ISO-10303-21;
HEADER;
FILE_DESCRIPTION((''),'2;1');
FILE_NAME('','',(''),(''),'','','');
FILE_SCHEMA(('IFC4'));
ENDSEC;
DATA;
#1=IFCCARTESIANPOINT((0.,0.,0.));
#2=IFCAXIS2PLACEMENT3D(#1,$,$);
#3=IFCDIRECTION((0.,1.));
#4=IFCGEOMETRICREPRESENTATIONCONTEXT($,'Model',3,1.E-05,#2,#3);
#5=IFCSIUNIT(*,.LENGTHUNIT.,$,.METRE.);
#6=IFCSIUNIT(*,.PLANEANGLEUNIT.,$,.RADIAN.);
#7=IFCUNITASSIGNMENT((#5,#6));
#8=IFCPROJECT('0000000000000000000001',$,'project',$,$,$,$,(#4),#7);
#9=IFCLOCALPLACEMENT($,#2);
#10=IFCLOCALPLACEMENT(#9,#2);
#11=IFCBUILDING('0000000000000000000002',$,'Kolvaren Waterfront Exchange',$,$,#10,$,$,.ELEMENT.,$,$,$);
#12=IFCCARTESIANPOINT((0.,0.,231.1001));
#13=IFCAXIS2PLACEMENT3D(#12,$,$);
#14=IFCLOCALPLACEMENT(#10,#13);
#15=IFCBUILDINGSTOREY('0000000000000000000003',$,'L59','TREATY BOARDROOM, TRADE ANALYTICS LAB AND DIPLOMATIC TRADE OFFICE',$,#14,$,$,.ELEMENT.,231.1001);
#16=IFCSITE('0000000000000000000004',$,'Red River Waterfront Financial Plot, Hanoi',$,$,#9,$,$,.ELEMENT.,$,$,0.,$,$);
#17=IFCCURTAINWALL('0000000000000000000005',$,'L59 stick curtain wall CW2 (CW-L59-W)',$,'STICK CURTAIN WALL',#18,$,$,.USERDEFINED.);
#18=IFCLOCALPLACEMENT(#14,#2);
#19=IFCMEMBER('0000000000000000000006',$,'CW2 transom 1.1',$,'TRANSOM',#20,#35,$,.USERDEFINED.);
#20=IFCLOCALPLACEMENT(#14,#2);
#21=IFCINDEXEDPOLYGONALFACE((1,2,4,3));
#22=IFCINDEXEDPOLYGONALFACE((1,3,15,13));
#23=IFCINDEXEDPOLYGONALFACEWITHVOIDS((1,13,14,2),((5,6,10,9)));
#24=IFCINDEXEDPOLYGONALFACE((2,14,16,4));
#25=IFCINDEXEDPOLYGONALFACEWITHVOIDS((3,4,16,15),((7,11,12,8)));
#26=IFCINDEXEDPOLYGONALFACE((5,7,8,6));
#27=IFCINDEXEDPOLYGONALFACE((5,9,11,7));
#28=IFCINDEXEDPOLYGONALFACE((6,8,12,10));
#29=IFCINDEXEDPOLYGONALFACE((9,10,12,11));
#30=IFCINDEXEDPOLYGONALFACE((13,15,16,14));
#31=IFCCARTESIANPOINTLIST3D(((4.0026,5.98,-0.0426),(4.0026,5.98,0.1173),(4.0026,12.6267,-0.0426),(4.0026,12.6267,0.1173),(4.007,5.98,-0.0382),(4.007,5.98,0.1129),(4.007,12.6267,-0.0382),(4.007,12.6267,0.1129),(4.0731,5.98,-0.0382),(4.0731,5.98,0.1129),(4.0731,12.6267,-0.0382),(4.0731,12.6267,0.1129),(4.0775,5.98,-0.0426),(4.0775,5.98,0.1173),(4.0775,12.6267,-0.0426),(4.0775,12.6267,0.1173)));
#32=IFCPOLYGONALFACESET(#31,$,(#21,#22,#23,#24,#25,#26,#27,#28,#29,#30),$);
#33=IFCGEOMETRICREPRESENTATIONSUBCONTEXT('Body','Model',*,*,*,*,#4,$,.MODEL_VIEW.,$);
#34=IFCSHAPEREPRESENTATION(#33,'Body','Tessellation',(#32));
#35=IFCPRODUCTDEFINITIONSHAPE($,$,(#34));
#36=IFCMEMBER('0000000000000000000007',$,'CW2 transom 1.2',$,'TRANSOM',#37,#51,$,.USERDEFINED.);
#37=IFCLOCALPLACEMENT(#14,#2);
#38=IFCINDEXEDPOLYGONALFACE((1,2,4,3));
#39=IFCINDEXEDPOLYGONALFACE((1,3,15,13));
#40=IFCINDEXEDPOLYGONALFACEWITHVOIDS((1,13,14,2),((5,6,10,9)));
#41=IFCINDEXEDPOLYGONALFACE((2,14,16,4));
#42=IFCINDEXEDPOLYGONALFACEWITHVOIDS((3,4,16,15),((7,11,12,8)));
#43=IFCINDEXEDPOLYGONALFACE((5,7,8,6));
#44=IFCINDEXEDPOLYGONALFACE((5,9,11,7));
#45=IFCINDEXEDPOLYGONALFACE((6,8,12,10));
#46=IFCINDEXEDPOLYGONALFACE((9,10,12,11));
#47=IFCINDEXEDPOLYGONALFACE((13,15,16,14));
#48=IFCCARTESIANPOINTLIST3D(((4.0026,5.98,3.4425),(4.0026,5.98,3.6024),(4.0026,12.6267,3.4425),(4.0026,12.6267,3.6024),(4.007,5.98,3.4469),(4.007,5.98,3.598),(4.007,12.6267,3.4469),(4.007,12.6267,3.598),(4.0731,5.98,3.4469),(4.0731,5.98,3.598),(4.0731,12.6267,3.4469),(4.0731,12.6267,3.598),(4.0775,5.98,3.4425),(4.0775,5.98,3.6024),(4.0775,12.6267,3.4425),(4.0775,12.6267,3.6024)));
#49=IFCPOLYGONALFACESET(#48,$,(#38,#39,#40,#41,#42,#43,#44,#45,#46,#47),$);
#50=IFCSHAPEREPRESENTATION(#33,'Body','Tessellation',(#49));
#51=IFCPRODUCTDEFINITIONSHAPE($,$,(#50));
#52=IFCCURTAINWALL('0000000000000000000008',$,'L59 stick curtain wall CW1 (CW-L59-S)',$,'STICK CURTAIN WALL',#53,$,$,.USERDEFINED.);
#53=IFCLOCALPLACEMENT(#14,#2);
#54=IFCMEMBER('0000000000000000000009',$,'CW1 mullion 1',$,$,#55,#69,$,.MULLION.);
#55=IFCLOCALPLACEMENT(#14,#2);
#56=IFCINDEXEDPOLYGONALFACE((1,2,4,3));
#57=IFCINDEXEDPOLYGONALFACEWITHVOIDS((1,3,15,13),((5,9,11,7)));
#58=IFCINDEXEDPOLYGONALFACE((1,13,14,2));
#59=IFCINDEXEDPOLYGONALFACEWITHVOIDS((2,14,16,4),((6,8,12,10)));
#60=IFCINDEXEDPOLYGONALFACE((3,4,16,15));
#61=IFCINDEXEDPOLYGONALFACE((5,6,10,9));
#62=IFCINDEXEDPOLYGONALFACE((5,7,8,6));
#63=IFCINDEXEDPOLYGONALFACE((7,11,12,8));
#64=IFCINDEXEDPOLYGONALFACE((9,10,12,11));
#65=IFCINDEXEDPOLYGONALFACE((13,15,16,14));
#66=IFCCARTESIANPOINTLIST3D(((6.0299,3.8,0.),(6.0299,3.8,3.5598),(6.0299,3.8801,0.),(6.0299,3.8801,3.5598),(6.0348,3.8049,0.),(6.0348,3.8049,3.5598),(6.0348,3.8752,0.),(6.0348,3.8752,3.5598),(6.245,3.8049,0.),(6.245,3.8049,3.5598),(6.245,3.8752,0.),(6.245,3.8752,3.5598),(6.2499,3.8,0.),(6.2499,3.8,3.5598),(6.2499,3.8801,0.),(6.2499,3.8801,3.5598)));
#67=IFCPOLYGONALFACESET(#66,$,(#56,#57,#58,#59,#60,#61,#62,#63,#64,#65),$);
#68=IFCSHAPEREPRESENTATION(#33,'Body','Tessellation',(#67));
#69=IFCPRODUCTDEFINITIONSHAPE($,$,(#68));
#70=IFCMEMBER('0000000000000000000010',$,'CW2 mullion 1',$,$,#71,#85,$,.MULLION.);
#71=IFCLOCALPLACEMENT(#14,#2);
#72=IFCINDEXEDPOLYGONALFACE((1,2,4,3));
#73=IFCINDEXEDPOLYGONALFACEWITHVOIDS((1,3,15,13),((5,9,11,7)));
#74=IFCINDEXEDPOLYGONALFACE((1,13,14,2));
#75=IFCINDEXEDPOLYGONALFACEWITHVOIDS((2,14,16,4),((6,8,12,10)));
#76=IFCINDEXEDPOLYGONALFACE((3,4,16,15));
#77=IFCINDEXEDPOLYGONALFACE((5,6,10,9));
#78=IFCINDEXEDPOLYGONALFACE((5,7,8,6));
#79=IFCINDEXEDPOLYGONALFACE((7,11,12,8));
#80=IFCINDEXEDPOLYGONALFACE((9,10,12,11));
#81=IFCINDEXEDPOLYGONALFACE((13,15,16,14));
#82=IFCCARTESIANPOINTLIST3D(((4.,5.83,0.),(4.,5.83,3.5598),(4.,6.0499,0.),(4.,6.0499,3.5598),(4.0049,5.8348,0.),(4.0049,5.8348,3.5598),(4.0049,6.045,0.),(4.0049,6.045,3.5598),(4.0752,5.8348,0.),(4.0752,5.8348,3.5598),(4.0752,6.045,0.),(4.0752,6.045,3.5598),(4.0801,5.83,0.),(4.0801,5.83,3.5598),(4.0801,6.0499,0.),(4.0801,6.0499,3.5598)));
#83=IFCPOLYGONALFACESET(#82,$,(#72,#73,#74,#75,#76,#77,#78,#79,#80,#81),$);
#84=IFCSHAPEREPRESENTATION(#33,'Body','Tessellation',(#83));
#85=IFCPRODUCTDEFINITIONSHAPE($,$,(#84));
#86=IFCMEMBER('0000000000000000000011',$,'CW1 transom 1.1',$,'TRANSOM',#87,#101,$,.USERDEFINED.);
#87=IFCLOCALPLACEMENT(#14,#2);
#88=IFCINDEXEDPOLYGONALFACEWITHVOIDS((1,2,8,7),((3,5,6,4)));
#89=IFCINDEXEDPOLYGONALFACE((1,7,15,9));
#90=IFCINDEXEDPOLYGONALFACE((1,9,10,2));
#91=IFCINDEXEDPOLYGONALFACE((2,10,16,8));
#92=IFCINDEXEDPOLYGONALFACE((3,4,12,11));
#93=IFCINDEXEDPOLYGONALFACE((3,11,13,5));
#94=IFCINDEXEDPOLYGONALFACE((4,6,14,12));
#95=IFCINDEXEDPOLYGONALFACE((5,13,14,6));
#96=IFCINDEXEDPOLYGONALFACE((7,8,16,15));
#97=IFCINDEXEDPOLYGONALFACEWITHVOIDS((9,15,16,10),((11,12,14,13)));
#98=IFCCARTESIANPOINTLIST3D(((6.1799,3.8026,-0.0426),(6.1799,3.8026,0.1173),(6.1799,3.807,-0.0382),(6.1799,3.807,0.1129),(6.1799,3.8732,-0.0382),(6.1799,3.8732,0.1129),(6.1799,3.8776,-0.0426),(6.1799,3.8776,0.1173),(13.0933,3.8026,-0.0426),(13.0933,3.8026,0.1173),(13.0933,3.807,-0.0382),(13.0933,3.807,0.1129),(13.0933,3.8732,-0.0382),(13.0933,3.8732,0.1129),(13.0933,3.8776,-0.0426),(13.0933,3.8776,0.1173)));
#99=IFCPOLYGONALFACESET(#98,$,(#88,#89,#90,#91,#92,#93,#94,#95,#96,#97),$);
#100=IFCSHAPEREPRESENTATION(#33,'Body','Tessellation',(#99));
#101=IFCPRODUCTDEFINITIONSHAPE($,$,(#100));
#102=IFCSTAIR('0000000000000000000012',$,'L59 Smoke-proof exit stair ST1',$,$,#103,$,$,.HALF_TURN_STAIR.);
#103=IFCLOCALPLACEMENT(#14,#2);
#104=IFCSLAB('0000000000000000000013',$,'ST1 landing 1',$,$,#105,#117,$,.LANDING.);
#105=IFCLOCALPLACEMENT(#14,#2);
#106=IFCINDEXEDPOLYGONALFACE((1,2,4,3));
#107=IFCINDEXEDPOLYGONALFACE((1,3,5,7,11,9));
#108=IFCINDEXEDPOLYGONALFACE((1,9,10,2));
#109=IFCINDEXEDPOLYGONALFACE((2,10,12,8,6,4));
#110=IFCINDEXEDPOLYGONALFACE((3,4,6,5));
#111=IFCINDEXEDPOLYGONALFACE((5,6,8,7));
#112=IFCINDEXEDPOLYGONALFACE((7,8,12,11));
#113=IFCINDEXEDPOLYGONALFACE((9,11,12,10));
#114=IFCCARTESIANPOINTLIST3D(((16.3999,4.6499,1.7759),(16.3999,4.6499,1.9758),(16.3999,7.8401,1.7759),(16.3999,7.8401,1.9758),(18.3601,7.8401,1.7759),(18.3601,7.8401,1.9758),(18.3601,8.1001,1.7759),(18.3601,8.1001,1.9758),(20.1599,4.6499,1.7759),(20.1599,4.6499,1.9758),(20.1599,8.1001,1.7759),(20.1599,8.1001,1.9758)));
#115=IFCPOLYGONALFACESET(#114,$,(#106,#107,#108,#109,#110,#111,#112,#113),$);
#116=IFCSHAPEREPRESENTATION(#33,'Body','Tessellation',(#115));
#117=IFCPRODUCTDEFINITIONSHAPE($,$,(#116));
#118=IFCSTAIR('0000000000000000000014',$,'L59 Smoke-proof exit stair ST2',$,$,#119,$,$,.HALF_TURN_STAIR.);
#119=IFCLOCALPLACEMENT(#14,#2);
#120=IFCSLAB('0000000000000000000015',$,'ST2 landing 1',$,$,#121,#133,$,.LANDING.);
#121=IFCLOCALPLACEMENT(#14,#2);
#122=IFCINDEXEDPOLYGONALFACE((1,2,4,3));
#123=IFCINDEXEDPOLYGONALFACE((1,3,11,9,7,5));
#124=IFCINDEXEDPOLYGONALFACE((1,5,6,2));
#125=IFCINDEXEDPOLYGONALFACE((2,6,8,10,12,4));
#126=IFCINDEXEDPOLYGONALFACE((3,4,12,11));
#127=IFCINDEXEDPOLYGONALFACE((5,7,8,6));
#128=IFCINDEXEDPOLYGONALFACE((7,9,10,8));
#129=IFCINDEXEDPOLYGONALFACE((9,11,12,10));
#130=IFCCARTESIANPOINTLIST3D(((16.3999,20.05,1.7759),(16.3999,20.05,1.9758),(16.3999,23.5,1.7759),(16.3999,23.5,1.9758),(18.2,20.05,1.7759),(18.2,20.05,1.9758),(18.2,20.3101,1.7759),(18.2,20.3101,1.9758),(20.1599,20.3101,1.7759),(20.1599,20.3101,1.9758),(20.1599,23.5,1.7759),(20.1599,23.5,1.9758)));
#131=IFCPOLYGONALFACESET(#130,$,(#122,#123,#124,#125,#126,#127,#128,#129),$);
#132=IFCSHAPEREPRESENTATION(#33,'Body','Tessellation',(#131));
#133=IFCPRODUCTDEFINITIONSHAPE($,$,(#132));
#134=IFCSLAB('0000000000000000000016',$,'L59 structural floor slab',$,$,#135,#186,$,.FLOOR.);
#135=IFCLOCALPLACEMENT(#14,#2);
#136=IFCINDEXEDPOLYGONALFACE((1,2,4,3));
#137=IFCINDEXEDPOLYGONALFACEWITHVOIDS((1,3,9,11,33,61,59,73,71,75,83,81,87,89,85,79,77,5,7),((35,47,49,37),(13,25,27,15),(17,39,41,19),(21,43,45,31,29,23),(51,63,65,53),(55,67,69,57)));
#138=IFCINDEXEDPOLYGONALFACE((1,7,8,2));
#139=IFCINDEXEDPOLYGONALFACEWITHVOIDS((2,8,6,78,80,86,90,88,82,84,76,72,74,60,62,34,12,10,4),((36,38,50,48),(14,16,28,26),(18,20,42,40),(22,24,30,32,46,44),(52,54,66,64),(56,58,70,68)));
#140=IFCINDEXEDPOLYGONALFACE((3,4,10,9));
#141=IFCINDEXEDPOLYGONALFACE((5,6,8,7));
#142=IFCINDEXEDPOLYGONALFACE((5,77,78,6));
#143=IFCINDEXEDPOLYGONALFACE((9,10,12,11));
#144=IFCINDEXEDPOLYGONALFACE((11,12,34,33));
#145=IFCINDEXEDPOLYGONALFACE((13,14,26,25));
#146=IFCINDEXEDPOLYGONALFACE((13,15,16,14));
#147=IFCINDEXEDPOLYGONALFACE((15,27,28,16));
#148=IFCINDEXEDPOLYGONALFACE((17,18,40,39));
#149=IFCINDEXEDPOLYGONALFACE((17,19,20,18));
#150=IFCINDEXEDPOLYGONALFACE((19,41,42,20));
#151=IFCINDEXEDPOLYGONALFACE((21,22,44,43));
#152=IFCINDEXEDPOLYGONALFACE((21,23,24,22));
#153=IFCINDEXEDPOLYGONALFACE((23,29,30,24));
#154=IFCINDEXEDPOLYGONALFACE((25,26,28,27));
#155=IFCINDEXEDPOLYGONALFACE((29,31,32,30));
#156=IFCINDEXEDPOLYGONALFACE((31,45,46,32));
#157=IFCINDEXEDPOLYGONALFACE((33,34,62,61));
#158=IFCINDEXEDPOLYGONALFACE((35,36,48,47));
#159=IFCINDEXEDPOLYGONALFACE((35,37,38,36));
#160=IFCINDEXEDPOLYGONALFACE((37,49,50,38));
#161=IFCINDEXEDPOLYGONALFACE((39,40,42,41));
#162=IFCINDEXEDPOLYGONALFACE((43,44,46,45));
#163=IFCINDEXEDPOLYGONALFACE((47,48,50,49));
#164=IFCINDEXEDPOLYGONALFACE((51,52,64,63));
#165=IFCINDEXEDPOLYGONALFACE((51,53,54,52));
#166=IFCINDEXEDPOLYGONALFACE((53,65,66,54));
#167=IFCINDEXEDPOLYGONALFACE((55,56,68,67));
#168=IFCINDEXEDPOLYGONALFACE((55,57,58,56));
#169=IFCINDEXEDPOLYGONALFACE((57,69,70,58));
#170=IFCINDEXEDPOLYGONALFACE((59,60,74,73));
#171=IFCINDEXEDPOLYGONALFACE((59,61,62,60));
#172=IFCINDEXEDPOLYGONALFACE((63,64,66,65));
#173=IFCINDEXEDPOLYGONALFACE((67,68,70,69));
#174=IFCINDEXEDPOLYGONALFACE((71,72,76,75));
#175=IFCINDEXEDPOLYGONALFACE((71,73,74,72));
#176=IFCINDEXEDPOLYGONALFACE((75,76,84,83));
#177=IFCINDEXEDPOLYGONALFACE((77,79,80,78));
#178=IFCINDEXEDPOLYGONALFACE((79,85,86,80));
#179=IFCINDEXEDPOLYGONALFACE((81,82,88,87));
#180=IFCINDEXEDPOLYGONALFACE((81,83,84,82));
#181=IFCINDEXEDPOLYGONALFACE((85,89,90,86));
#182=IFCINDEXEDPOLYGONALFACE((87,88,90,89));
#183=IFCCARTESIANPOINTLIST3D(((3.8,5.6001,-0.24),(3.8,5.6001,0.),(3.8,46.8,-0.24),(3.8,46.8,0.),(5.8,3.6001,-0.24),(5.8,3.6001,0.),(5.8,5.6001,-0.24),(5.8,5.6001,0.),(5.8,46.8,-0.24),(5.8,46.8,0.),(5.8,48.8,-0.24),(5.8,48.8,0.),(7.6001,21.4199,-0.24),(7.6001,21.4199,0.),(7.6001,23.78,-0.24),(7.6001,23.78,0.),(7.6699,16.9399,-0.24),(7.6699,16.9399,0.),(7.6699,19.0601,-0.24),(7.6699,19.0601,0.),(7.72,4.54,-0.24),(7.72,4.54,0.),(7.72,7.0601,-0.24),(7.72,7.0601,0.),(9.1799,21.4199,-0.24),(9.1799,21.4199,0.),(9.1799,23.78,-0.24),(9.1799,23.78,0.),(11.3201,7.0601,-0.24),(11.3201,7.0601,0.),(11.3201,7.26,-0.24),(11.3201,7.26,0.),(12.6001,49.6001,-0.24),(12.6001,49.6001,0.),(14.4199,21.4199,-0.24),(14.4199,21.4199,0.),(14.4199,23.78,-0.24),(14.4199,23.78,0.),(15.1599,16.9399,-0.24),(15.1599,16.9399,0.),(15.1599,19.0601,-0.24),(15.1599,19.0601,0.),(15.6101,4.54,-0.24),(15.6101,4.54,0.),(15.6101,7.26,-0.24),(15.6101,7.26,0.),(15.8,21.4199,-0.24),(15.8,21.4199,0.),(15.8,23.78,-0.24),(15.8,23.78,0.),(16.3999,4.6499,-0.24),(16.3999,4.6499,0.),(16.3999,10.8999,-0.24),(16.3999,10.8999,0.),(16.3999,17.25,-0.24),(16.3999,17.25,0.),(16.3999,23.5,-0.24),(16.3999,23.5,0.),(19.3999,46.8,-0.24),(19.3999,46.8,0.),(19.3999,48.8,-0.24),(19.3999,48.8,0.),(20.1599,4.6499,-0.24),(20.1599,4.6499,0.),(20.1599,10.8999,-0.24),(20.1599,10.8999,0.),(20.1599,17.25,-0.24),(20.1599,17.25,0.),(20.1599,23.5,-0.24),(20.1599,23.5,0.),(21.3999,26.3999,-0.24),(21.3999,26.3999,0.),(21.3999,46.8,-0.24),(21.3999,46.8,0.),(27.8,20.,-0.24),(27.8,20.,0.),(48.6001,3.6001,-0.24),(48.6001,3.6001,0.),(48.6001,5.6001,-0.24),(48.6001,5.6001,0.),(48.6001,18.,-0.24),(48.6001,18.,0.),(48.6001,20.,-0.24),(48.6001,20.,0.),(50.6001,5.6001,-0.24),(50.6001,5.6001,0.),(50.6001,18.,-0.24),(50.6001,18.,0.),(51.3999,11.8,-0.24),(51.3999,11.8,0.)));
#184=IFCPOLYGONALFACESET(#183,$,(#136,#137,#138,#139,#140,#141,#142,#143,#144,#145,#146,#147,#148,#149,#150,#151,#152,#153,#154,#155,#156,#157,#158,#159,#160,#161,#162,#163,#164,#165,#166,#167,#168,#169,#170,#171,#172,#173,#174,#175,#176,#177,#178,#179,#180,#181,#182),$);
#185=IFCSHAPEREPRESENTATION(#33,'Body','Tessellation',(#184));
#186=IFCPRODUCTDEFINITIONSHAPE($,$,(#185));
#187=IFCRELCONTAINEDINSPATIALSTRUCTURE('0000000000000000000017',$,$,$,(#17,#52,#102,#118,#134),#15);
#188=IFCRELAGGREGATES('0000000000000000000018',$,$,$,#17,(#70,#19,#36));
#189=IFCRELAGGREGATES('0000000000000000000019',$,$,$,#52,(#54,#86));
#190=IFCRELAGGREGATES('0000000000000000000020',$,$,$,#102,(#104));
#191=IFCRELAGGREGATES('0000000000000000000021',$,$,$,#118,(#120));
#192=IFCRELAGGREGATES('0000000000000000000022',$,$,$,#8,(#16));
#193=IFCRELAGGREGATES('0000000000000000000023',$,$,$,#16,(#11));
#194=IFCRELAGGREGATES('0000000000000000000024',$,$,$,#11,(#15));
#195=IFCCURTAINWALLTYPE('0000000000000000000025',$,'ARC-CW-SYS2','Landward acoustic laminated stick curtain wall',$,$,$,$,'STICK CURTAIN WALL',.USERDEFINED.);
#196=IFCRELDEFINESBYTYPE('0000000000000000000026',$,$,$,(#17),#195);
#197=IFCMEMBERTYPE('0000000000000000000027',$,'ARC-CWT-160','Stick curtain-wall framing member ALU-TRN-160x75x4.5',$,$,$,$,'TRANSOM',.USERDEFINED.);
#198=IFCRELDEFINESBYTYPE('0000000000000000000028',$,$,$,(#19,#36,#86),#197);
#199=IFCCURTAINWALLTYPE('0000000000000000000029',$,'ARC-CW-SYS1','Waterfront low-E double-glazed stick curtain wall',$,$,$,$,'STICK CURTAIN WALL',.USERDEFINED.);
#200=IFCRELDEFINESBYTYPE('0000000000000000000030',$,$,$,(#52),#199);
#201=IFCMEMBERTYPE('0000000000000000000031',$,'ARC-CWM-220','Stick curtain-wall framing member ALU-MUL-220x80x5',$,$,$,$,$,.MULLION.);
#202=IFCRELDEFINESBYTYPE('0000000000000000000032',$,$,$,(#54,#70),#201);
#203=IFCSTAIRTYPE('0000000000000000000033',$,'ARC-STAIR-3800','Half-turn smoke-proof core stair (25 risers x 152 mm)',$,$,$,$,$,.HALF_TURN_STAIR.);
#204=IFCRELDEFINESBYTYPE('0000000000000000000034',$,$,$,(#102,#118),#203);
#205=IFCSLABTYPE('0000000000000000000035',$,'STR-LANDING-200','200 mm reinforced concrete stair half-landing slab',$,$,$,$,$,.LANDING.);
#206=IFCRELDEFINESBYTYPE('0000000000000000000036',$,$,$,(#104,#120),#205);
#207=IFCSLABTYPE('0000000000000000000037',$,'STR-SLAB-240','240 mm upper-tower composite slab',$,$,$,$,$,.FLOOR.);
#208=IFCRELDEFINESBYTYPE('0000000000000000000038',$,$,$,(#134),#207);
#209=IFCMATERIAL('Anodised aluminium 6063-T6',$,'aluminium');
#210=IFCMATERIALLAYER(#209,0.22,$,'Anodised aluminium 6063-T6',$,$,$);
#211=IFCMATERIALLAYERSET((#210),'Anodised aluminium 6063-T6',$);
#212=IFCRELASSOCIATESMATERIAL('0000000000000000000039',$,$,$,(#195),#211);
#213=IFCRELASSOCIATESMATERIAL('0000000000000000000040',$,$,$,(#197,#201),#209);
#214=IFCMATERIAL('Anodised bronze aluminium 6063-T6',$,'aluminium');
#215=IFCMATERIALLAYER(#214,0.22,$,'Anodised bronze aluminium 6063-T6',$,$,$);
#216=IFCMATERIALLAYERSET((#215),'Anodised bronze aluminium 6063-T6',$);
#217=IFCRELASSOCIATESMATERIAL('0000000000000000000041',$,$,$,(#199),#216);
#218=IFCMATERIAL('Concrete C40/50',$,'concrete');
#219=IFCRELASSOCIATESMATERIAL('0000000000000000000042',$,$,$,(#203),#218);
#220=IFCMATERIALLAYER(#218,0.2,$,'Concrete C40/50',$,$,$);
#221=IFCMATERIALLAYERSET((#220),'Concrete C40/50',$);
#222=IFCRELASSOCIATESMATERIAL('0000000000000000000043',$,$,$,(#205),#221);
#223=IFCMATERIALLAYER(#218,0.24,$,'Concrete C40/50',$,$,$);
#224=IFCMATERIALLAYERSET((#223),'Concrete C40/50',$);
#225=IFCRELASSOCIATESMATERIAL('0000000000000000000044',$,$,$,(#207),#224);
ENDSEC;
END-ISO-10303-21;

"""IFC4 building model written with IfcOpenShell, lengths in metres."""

from ifc_helpers import new_model, si_unit, direction, frame, origin, origin_with_axes, origin_2d, place, context, subcontext, project, spatial, polyline, hollow_rectangle, outline, extrude, source, transform, mapped, material, layer, layer_set, material_profile, profile_set, type_object, element, aggregate, save


model = new_model("IFC4")

# Units and contexts
model_context = context("Model", 3, precision=1e-05, world=origin(), true_north=direction((0.0, 1.0)))
body_context = subcontext(model_context, "Body", "Model", "MODEL_VIEW")
ifc_project = project(units=[si_unit("LENGTHUNIT", "METRE"), si_unit("PLANEANGLEUNIT", "RADIAN")], contexts=[model_context])

# Site, building, storey
site_placement = place(None, origin())
site = spatial("IfcSite", under=ifc_project, at=site_placement, Name="Red River Waterfront Financial Plot, Hanoi", CompositionType="ELEMENT", RefElevation=0.0)
building_placement = place(site_placement, origin())
building = spatial("IfcBuilding", under=site, at=building_placement, Name="Kolvaren Waterfront Exchange", CompositionType="ELEMENT")
storey_placement = place(building_placement, frame((0.0, 0.0, 231.1001)))
storey = spatial("IfcBuildingStorey", under=building, at=storey_placement, Name="L59", Description="TREATY BOARDROOM, TRADE ANALYTICS LAB AND DIPLOMATIC TRADE OFFICE", CompositionType="ELEMENT", Elevation=231.1001)

# Curtain wall, members
ifc_material_1 = material(Name="Anodised aluminium 6063-T6", Category="aluminium")
ifc_layer_1 = layer(ifc_material_1, 0.22, Name="Anodised aluminium 6063-T6")
ifc_layer_set_1 = layer_set([ifc_layer_1], Name="Anodised aluminium 6063-T6")
curtain_wall_type_1 = type_object("IfcCurtainWallType", Name="ARC-CW-SYS2", Description="Landward acoustic laminated stick curtain wall", ElementType="STICK CURTAIN WALL", PredefinedType="USERDEFINED", material=ifc_layer_set_1)
curtain_wall_1_placement = place(storey_placement, origin())
curtain_wall_1 = element("IfcCurtainWall", 1, at=curtain_wall_1_placement, inside=storey, type_object=curtain_wall_type_1, Name="L59 stick curtain wall CW2 (CW-L59-W)", ObjectType="STICK CURTAIN WALL", PredefinedType="USERDEFINED")
ifc_material_profile_1 = material_profile(ifc_material_1, hollow_rectangle(XDim=0.075, YDim=0.1599, WallThickness=0.0044, at=origin_2d()), Name="ALU-TRN-160x75x4.5")
ifc_profile_set_1 = profile_set([ifc_material_profile_1], Name="Anodised aluminium 6063-T6")
member_type_1 = type_object("IfcMemberType", Name="ARC-CWT-160", Description="Stick curtain-wall framing member ALU-TRN-160x75x4.5", ElementType="TRANSOM", PredefinedType="USERDEFINED", material=ifc_profile_set_1)
shared_shape_1 = source(origin_with_axes(), body_context, "Body", "SweptSolid", [
    extrude(hollow_rectangle(XDim=0.075, YDim=0.1599, WallThickness=0.0044, at=origin_2d()), origin(), (0.0, 0.0, 1.0), 6.6467),
])
member_1_placement = place(storey_placement, frame((4.04, 5.98, 0.0374), z_axis=(0.0, 1.0, 0.0), x_axis=(-1.0, 0.0, 0.0)))
member_1 = element("IfcMember", 2, at=member_1_placement, type_object=member_type_1, Name="CW2 transom 1.1", ObjectType="TRANSOM", PredefinedType="USERDEFINED", context=body_context, shape_type="MappedRepresentation", body=[
    mapped(shared_shape_1, transform((0.0, 0.0, 0.0), x_axis=(1.0, 0.0, 0.0), y_axis=(0.0, 1.0, 0.0), z_axis=(0.0, 0.0, 1.0), scale=1.0)),
])
member_2_placement = place(storey_placement, frame((4.04, 5.98, 3.5225), z_axis=(0.0, 1.0, 0.0), x_axis=(-1.0, 0.0, 0.0)))
member_2 = element("IfcMember", 3, at=member_2_placement, type_object=member_type_1, Name="CW2 transom 1.2", ObjectType="TRANSOM", PredefinedType="USERDEFINED", context=body_context, shape_type="MappedRepresentation", body=[
    mapped(shared_shape_1, transform((0.0, 0.0, 0.0), x_axis=(1.0, 0.0, 0.0), y_axis=(0.0, 1.0, 0.0), z_axis=(0.0, 0.0, 1.0), scale=1.0)),
])

# Curtain wall, member
ifc_material_2 = material(Name="Anodised bronze aluminium 6063-T6", Category="aluminium")
ifc_layer_2 = layer(ifc_material_2, 0.22, Name="Anodised bronze aluminium 6063-T6")
ifc_layer_set_2 = layer_set([ifc_layer_2], Name="Anodised bronze aluminium 6063-T6")
curtain_wall_type_2 = type_object("IfcCurtainWallType", Name="ARC-CW-SYS1", Description="Waterfront low-E double-glazed stick curtain wall", ElementType="STICK CURTAIN WALL", PredefinedType="USERDEFINED", material=ifc_layer_set_2)
curtain_wall_2_placement = place(storey_placement, origin())
curtain_wall_2 = element("IfcCurtainWall", 4, at=curtain_wall_2_placement, inside=storey, type_object=curtain_wall_type_2, Name="L59 stick curtain wall CW1 (CW-L59-S)", ObjectType="STICK CURTAIN WALL", PredefinedType="USERDEFINED")
ifc_material_profile_2 = material_profile(ifc_material_1, hollow_rectangle(XDim=0.0801, YDim=0.22, WallThickness=0.0049, at=origin_2d()), Name="ALU-MUL-220x80x5")
ifc_profile_set_2 = profile_set([ifc_material_profile_2], Name="Anodised aluminium 6063-T6")
member_type_2 = type_object("IfcMemberType", Name="ARC-CWM-220", Description="Stick curtain-wall framing member ALU-MUL-220x80x5", PredefinedType="MULLION", material=ifc_profile_set_2)
shared_shape_2 = source(origin_with_axes(), body_context, "Body", "SweptSolid", [
    extrude(hollow_rectangle(XDim=0.0801, YDim=0.22, WallThickness=0.0049, at=origin_2d()), origin(), (0.0, 0.0, 1.0), 3.5598),
])
member_3_placement = place(storey_placement, frame((6.1399, 3.8401, 0.0), z_axis=(0.0, 0.0, 1.0), x_axis=(0.0, 1.0, 0.0)))
member_3 = element("IfcMember", 5, at=member_3_placement, type_object=member_type_2, Name="CW1 mullion 1", PredefinedType="MULLION", context=body_context, shape_type="MappedRepresentation", body=[
    mapped(shared_shape_2, transform((0.0, 0.0, 0.0), x_axis=(1.0, 0.0, 0.0), y_axis=(0.0, 1.0, 0.0), z_axis=(0.0, 0.0, 1.0), scale=1.0)),
])

# Members
member_4_placement = place(storey_placement, frame((4.04, 5.9399, 0.0), z_axis=(0.0, 0.0, 1.0), x_axis=(-1.0, 0.0, 0.0)))
member_4 = element("IfcMember", 6, at=member_4_placement, type_object=member_type_2, Name="CW2 mullion 1", PredefinedType="MULLION", context=body_context, shape_type="MappedRepresentation", body=[
    mapped(shared_shape_2, transform((0.0, 0.0, 0.0), x_axis=(1.0, 0.0, 0.0), y_axis=(0.0, 1.0, 0.0), z_axis=(0.0, 0.0, 1.0), scale=1.0)),
])
aggregate(curtain_wall_1, [member_4, member_1, member_2])
shared_shape_3 = source(origin_with_axes(), body_context, "Body", "SweptSolid", [
    extrude(hollow_rectangle(XDim=0.075, YDim=0.1599, WallThickness=0.0044, at=origin_2d()), origin(), (0.0, 0.0, 1.0), 6.9133),
])
member_5_placement = place(storey_placement, frame((6.1799, 3.8401, 0.0374), z_axis=(1.0, 0.0, 0.0), x_axis=(0.0, 1.0, 0.0)))
member_5 = element("IfcMember", 7, at=member_5_placement, type_object=member_type_1, Name="CW1 transom 1.1", ObjectType="TRANSOM", PredefinedType="USERDEFINED", context=body_context, shape_type="MappedRepresentation", body=[
    mapped(shared_shape_3, transform((0.0, 0.0, 0.0), x_axis=(1.0, 0.0, 0.0), y_axis=(0.0, 1.0, 0.0), z_axis=(0.0, 0.0, 1.0), scale=1.0)),
])
aggregate(curtain_wall_2, [member_3, member_5])

# Stairs, slabs
ifc_material_3 = material(Name="Concrete C40/50", Category="concrete")
stair_type = type_object("IfcStairType", Name="ARC-STAIR-3800", Description="Half-turn smoke-proof core stair (25 risers x 152 mm)", PredefinedType="HALF_TURN_STAIR", material=ifc_material_3)
stair_1_placement = place(storey_placement, origin())
stair_1 = element("IfcStair", 8, at=stair_1_placement, inside=storey, type_object=stair_type, Name="L59 Smoke-proof exit stair ST1", PredefinedType="HALF_TURN_STAIR")
ifc_layer_3 = layer(ifc_material_3, 0.2, Name="Concrete C40/50")
ifc_layer_set_3 = layer_set([ifc_layer_3], Name="Concrete C40/50")
slab_type_1 = type_object("IfcSlabType", Name="STR-LANDING-200", Description="200 mm reinforced concrete stair half-landing slab", PredefinedType="LANDING", material=ifc_layer_set_3)
slab_1_placement = place(storey_placement, frame((0.0, 0.0, 1.7759)))
slab_1 = element("IfcSlab", 9, at=slab_1_placement, type_object=slab_type_1, Name="ST1 landing 1", PredefinedType="LANDING", context=body_context, shape_type="SweptSolid", body=[
    extrude(outline(polyline([(16.3999, 7.8401), (16.3999, 4.6499), (20.1599, 4.6499), (20.1599, 8.1001), (18.3601, 8.1001), (18.3601, 7.8401), (16.3999, 7.8401)])), origin(), (0.0, 0.0, 1.0), 0.2),
])
aggregate(stair_1, [slab_1])
stair_2_placement = place(storey_placement, origin())
stair_2 = element("IfcStair", 10, at=stair_2_placement, inside=storey, type_object=stair_type, Name="L59 Smoke-proof exit stair ST2", PredefinedType="HALF_TURN_STAIR")
slab_2_placement = place(storey_placement, frame((0.0, 0.0, 1.7759)))
slab_2 = element("IfcSlab", 11, at=slab_2_placement, type_object=slab_type_1, Name="ST2 landing 1", PredefinedType="LANDING", context=body_context, shape_type="SweptSolid", body=[
    extrude(outline(polyline([(20.1599, 20.3101), (20.1599, 23.5), (16.3999, 23.5), (16.3999, 20.05), (18.2, 20.05), (18.2, 20.3101), (20.1599, 20.3101)])), origin(), (0.0, 0.0, 1.0), 0.2),
])
aggregate(stair_2, [slab_2])

# Slab
ifc_layer_4 = layer(ifc_material_3, 0.24, Name="Concrete C40/50")
ifc_layer_set_4 = layer_set([ifc_layer_4], Name="Concrete C40/50")
slab_type_2 = type_object("IfcSlabType", Name="STR-SLAB-240", Description="240 mm upper-tower composite slab", PredefinedType="FLOOR", material=ifc_layer_set_4)
slab_3_placement = place(storey_placement, frame((0.0, 0.0, -0.24)))
element("IfcSlab", 12, at=slab_3_placement, inside=storey, type_object=slab_type_2, Name="L59 structural floor slab", PredefinedType="FLOOR", context=body_context, shape_type="SweptSolid", body=[
    extrude(outline(polyline([(5.8, 3.6001), (48.6001, 3.6001), (48.6001, 5.6001), (50.6001, 5.6001), (51.3999, 11.8), (50.6001, 18.0), (48.6001, 18.0), (48.6001, 20.0), (27.8, 20.0), (21.3999, 26.3999), (21.3999, 46.8), (19.3999, 46.8), (19.3999, 48.8), (12.6001, 49.6001), (5.8, 48.8), (5.8, 46.8), (3.8, 46.8), (3.8, 5.6001), (5.8, 5.6001), (5.8, 3.6001)]), holes=[polyline([(11.3201, 7.26), (15.6101, 7.26), (15.6101, 4.54), (7.72, 4.54), (7.72, 7.0601), (11.3201, 7.0601), (11.3201, 7.26)]), polyline([(20.1599, 10.8999), (20.1599, 4.6499), (16.3999, 4.6499), (16.3999, 10.8999), (20.1599, 10.8999)]), polyline([(7.6699, 19.0601), (15.1599, 19.0601), (15.1599, 16.9399), (7.6699, 16.9399), (7.6699, 19.0601)]), polyline([(16.3999, 17.25), (16.3999, 23.5), (20.1599, 23.5), (20.1599, 17.25), (16.3999, 17.25)]), polyline([(7.6001, 23.78), (9.1799, 23.78), (9.1799, 21.4199), (7.6001, 21.4199), (7.6001, 23.78)]), polyline([(14.4199, 23.78), (15.8, 23.78), (15.8, 21.4199), (14.4199, 21.4199), (14.4199, 23.78)])]), origin(), (0.0, 0.0, 1.0), 0.24),
])

save(model, "model.ifc")
